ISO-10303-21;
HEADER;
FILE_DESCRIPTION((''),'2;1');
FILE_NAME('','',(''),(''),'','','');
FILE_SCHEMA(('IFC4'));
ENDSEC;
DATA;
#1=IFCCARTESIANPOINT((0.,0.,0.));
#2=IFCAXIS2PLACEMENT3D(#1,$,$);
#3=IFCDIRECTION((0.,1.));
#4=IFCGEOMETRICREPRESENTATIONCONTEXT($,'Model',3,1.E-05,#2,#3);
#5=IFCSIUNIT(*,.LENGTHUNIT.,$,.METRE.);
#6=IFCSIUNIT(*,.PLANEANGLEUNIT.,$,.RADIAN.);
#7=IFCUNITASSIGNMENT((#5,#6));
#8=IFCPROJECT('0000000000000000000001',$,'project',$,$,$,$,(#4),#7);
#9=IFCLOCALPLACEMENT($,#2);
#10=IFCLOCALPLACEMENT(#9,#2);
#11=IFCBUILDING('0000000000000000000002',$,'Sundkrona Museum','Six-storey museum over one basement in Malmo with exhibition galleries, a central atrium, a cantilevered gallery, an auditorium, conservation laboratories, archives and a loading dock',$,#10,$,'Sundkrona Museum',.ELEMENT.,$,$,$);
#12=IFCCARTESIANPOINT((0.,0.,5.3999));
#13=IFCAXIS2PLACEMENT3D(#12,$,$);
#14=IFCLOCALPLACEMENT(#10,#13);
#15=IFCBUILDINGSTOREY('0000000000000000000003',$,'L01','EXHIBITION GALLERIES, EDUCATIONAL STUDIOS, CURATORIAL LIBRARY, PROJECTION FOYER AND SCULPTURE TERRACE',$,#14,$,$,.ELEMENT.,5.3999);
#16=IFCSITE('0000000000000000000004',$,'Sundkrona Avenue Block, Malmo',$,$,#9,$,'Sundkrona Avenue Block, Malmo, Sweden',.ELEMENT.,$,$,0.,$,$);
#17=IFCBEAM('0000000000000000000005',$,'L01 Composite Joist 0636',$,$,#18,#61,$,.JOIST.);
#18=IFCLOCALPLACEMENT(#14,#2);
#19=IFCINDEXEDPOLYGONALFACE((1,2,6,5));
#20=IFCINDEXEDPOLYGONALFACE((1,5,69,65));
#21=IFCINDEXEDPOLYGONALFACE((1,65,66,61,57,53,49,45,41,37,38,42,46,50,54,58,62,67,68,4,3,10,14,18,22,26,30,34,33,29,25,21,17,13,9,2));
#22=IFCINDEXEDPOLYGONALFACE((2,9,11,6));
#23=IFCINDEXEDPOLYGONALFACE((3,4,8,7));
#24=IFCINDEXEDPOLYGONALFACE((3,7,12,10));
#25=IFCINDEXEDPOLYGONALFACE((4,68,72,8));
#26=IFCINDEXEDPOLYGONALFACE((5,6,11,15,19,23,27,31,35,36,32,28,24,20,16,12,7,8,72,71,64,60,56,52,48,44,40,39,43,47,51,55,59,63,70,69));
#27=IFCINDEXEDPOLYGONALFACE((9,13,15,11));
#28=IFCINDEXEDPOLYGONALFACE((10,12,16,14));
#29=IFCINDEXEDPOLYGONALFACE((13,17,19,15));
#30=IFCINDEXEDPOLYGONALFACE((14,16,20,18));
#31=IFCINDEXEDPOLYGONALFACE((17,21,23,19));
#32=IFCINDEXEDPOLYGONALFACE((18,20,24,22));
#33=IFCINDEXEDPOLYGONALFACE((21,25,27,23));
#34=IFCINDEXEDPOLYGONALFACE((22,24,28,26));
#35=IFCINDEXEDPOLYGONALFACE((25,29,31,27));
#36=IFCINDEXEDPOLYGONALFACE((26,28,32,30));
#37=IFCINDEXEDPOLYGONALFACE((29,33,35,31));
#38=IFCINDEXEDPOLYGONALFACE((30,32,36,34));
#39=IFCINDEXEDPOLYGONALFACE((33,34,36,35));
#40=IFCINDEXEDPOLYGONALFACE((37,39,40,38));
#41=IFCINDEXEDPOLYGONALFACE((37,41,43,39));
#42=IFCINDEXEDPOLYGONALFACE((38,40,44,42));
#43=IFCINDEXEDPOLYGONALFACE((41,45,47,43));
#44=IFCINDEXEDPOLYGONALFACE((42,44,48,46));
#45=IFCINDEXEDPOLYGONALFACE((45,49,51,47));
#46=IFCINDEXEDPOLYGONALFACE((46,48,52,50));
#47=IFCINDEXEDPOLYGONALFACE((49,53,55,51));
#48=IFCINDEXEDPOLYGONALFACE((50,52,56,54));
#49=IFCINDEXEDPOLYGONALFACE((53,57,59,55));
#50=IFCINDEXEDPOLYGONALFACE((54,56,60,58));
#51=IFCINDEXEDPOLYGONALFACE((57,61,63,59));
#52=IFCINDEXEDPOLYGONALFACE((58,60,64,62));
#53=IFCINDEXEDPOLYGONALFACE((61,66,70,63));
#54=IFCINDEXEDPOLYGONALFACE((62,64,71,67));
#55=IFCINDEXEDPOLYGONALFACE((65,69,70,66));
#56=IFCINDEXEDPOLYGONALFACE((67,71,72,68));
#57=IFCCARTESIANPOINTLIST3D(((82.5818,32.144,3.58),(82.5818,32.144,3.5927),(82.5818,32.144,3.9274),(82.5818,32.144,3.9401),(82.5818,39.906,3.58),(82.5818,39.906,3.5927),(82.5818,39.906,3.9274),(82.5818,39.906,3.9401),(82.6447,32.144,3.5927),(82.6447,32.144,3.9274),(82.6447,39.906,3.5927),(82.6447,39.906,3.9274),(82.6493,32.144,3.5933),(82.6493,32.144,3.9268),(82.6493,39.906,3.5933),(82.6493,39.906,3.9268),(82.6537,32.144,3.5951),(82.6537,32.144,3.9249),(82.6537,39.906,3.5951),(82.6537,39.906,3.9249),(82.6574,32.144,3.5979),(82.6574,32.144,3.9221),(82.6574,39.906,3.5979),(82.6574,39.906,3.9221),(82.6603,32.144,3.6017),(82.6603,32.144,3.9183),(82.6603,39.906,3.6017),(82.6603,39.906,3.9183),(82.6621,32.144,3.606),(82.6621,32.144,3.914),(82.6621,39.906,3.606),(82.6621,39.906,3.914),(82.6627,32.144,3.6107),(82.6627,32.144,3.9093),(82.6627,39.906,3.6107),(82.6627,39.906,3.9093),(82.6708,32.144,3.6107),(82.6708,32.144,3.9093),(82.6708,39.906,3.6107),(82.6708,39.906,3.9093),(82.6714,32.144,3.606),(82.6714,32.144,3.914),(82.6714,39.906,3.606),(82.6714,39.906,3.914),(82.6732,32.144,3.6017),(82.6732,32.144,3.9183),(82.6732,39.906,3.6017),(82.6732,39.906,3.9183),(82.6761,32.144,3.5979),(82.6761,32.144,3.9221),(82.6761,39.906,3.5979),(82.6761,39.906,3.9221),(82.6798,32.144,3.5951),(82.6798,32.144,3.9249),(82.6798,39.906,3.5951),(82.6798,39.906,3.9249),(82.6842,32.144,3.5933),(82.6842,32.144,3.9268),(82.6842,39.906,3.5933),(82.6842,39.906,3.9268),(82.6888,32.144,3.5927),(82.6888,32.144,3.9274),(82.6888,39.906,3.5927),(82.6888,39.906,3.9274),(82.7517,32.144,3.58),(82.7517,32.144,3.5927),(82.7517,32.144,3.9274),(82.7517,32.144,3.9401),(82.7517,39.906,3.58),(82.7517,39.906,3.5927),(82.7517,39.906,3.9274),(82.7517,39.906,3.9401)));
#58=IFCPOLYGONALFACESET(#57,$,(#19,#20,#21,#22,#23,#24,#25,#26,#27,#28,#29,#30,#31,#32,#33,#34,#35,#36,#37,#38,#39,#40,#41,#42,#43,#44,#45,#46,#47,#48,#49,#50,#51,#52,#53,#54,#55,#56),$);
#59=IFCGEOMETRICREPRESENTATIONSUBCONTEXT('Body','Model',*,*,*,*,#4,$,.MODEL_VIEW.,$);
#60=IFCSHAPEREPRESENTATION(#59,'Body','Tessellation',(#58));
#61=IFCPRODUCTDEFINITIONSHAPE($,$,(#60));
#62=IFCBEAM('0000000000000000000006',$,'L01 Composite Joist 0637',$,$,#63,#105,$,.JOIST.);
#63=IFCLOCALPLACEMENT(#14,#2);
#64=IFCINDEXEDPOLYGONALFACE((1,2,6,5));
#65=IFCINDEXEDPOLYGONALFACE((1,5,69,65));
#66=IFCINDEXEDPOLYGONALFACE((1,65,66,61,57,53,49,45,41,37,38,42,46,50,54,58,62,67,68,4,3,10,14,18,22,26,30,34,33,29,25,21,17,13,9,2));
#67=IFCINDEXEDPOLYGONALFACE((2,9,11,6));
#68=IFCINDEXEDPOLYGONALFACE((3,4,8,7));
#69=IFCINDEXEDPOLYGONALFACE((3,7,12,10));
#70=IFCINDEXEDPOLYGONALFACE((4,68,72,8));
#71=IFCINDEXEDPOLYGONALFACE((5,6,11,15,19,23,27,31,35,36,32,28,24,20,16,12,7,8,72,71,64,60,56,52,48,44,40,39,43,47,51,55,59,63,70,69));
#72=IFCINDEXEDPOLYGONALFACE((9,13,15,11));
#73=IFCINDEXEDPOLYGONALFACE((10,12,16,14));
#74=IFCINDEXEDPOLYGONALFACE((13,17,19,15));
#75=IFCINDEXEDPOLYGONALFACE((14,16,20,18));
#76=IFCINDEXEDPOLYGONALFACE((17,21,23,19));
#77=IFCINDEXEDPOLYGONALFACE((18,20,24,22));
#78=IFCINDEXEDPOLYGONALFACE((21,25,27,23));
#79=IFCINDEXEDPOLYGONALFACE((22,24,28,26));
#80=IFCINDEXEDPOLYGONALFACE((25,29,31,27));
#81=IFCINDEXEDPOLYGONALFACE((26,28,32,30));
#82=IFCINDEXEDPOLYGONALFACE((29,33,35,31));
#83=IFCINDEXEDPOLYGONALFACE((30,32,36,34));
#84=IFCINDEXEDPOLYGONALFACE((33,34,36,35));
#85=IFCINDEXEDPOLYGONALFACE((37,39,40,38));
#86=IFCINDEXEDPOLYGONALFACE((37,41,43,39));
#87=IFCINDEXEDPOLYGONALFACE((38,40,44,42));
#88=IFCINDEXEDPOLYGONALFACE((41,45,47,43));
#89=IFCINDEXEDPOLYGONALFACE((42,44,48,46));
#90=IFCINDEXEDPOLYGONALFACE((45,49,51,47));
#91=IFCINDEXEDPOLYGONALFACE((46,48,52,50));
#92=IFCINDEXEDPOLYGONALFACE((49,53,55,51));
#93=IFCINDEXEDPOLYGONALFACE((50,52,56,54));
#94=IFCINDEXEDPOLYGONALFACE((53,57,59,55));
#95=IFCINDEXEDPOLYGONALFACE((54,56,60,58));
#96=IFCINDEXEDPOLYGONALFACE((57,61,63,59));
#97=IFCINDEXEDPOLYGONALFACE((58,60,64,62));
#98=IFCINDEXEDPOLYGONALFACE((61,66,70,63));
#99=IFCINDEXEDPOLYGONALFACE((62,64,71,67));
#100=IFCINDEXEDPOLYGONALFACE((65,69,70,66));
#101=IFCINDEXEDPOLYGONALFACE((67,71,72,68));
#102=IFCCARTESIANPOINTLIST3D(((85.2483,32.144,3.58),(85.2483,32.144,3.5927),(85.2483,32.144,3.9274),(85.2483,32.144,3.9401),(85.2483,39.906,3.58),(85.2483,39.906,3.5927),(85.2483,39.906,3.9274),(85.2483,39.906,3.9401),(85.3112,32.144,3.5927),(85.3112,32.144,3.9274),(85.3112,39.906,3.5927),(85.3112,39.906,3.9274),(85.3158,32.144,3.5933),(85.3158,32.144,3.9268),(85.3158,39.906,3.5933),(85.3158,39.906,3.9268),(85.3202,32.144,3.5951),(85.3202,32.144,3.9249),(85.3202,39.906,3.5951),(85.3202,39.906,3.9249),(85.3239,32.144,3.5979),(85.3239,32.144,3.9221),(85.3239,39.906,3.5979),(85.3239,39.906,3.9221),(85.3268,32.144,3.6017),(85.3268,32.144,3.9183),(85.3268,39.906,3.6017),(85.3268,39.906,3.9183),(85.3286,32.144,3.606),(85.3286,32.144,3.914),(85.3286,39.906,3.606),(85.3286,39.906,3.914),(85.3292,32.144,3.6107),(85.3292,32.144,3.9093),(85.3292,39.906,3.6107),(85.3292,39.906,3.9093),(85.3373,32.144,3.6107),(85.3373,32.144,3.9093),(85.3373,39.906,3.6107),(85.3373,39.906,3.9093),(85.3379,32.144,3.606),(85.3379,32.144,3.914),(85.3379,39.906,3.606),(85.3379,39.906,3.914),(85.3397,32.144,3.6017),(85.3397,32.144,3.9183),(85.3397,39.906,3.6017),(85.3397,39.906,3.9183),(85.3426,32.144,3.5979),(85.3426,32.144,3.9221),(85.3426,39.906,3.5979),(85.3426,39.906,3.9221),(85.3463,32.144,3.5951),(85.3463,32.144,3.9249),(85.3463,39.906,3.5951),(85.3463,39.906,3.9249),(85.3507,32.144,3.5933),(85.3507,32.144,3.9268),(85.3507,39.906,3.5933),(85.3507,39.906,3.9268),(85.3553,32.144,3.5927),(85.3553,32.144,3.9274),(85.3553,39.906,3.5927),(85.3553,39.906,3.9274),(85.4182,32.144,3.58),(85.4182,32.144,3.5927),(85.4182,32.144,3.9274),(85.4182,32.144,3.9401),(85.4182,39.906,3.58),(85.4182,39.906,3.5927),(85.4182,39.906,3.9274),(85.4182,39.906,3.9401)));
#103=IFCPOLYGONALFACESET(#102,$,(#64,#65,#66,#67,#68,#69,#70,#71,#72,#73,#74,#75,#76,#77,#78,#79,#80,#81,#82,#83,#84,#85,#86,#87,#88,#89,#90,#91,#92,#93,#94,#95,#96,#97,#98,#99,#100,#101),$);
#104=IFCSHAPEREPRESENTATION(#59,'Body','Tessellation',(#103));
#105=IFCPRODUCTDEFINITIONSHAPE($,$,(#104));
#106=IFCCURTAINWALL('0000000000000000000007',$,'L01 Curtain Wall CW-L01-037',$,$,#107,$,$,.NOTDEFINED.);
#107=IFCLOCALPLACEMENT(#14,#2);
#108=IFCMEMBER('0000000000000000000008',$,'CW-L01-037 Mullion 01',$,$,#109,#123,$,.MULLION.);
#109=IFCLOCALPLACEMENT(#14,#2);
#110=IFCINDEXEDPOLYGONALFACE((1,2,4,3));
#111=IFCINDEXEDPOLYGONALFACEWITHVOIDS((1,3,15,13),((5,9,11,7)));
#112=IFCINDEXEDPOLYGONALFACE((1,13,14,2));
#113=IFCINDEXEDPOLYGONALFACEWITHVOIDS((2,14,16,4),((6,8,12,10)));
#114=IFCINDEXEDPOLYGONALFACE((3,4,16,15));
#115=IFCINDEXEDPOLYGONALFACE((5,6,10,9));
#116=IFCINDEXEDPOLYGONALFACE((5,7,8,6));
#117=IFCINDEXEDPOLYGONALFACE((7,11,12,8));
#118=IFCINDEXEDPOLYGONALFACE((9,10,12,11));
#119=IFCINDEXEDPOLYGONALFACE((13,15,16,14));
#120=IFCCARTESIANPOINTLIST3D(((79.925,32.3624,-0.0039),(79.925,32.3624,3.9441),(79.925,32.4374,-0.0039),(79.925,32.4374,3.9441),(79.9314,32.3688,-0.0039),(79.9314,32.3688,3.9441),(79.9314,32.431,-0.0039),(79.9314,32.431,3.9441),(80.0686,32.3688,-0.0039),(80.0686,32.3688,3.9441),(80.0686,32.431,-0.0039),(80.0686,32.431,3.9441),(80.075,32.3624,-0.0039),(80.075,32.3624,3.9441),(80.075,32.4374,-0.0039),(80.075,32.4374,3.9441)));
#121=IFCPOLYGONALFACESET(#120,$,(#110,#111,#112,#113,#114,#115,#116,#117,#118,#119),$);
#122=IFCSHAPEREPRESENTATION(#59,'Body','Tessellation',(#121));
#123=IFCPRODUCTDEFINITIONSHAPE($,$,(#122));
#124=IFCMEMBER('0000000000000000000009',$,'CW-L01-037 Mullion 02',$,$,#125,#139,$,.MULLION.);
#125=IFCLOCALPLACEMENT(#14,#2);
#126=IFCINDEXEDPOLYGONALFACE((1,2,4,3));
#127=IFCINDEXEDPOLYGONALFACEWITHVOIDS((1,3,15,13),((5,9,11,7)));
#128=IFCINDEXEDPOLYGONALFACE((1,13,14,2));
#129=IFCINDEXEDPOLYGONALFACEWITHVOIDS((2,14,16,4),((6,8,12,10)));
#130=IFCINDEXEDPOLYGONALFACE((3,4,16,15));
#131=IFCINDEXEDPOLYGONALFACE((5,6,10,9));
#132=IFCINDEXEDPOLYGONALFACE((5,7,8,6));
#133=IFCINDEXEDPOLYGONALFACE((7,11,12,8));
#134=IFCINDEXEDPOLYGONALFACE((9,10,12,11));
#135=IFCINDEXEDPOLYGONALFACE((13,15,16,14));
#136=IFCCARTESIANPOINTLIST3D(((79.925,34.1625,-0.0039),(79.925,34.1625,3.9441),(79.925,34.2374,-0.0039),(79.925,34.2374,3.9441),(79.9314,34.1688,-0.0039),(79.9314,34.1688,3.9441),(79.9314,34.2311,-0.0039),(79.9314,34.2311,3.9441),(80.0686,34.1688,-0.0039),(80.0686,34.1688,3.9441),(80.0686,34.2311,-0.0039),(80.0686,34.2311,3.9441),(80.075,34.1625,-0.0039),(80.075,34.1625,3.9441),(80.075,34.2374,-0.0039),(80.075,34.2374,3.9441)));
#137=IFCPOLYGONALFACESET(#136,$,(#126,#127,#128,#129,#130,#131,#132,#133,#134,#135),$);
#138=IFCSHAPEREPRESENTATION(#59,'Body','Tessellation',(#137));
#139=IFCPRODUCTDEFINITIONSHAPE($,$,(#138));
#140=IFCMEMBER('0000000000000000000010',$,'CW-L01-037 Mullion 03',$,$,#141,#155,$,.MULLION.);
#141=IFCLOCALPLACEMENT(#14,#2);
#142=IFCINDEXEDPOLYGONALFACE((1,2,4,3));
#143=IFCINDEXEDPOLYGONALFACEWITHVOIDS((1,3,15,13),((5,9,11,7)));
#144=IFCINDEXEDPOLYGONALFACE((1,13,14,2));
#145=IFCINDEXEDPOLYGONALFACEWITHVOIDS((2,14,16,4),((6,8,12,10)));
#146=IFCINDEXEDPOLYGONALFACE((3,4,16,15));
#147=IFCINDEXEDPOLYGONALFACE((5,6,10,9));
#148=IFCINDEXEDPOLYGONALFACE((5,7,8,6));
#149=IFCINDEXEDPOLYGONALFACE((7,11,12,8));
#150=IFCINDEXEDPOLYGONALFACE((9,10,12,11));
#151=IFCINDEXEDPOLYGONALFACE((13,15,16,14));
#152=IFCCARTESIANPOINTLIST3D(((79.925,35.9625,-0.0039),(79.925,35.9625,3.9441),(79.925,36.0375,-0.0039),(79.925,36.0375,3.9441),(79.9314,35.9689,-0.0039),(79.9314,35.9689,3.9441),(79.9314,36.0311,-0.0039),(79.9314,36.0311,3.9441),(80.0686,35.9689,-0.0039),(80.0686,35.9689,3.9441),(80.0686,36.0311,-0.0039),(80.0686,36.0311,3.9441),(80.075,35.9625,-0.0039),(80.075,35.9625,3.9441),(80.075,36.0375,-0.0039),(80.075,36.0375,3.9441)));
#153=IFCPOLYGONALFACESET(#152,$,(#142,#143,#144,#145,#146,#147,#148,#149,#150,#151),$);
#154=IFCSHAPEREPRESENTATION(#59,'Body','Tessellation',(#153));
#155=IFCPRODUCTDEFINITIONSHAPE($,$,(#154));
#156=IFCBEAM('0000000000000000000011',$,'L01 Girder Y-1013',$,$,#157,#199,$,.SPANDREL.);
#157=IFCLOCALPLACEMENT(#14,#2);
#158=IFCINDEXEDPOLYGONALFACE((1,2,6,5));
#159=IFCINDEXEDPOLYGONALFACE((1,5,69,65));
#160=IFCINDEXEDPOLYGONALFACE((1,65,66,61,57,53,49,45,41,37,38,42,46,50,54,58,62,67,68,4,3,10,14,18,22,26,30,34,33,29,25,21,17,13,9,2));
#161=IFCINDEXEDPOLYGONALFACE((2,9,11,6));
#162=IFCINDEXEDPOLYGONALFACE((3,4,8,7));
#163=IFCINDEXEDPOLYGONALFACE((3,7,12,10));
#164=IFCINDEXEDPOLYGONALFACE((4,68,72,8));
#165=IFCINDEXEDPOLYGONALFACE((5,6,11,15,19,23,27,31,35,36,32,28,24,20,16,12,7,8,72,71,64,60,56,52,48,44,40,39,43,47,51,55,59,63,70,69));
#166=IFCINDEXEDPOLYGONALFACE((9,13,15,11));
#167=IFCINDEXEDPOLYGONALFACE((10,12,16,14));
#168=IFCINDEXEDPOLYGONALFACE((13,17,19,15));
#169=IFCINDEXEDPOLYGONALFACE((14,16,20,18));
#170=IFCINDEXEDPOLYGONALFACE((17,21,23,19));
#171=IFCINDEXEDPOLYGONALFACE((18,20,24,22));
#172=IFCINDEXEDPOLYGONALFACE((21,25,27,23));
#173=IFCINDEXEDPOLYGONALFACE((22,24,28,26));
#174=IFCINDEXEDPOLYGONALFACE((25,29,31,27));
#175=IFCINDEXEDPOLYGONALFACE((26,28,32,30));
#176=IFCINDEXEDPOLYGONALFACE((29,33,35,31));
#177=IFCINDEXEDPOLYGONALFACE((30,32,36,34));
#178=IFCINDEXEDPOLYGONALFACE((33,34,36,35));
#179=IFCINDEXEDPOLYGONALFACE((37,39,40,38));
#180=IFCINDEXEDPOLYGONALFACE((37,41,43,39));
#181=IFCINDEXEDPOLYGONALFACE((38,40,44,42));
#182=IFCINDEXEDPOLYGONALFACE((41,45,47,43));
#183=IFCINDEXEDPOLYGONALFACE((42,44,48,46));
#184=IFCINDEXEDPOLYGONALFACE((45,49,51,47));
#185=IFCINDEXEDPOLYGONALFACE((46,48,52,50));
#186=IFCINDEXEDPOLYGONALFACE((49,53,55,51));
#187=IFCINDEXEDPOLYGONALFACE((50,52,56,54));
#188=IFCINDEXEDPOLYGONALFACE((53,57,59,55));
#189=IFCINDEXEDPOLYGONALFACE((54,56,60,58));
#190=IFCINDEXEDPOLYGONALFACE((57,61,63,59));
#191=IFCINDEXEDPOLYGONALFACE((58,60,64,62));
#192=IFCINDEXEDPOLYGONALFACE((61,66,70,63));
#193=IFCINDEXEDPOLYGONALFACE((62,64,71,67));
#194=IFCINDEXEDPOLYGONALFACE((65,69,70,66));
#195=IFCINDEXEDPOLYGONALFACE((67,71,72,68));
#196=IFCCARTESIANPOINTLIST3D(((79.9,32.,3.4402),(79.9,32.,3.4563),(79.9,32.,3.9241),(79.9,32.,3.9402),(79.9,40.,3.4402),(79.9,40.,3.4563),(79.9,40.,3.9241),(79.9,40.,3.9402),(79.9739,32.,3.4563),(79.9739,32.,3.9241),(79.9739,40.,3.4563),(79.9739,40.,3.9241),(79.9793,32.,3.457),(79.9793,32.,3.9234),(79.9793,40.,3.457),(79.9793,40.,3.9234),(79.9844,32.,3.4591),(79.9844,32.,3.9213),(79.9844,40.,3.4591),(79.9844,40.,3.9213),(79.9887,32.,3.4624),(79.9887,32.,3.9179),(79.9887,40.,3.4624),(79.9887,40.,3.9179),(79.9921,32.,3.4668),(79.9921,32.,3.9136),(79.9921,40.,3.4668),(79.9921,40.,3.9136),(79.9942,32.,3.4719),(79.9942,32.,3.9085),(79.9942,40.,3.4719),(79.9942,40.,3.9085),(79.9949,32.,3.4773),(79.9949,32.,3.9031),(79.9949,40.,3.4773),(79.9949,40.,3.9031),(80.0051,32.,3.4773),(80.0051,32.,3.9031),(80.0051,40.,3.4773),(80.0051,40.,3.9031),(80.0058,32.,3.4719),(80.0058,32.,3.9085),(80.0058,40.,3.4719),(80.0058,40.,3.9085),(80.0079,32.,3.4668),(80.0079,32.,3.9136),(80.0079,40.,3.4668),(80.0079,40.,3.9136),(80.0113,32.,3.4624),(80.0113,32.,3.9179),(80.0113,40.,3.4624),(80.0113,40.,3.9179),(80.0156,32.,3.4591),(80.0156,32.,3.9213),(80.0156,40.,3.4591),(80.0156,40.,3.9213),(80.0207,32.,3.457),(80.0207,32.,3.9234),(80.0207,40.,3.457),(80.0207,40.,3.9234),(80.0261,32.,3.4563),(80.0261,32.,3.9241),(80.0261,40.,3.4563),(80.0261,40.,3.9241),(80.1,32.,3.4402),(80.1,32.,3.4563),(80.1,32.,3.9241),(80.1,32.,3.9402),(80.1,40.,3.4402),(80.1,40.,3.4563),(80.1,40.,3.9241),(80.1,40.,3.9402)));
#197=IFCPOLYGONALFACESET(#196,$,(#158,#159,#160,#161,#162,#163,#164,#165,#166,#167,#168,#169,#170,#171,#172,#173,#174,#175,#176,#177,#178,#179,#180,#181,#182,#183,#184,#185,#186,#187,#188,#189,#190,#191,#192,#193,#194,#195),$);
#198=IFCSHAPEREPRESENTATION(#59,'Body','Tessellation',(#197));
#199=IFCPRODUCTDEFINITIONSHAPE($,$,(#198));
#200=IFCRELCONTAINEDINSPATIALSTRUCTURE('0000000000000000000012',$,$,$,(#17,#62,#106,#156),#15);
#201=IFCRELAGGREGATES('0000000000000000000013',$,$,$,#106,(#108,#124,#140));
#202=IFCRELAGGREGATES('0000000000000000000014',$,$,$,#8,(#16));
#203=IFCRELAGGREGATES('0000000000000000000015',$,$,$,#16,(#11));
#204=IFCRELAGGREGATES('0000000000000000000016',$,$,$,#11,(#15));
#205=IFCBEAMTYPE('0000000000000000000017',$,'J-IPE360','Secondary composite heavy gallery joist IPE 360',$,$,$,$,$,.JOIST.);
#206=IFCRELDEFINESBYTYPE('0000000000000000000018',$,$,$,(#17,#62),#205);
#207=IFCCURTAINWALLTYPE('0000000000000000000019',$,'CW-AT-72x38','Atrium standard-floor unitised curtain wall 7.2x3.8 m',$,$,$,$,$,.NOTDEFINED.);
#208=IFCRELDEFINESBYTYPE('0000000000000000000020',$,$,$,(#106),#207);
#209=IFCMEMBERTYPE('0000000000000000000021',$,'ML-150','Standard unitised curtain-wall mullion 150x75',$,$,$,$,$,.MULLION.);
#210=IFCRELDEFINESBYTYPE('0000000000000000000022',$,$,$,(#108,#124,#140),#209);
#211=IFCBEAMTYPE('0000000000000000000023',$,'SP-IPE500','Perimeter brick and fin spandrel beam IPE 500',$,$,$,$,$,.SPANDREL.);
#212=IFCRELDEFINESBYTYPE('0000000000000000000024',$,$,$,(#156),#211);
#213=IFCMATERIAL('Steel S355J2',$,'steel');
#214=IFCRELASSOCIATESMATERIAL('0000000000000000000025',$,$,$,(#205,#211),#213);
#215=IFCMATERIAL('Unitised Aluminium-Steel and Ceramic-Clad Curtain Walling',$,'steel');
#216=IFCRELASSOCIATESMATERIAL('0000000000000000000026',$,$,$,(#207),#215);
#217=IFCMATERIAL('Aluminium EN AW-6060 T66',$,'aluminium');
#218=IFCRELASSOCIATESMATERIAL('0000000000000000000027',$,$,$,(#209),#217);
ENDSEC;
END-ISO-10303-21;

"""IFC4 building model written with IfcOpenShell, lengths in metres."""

from ifc_helpers import new_model, si_unit, direction, frame, origin, origin_2d, place, context, subcontext, project, spatial, hollow_rectangle, i_section, extrude, material, material_profile, profile_set, type_object, element, aggregate, save


model = new_model("IFC4")

# Units and contexts
model_context = context("Model", 3, precision=1e-05, world=origin(), true_north=direction((0.0, 1.0)))
body_context = subcontext(model_context, "Body", "Model", "MODEL_VIEW")
ifc_project = project(units=[si_unit("LENGTHUNIT", "METRE"), si_unit("PLANEANGLEUNIT", "RADIAN")], contexts=[model_context])

# Site, building, storey
site_placement = place(None, origin())
site = spatial("IfcSite", under=ifc_project, at=site_placement, Name="Sundkrona Avenue Block, Malmo", LongName="Sundkrona Avenue Block, Malmo, Sweden", CompositionType="ELEMENT", RefElevation=0.0)
building_placement = place(site_placement, origin())
building = spatial("IfcBuilding", under=site, at=building_placement, Name="Sundkrona Museum", Description="Six-storey museum over one basement in Malmo with exhibition galleries, a central atrium, a cantilevered gallery, an auditorium, conservation laboratories, archives and a loading dock", LongName="Sundkrona Museum", CompositionType="ELEMENT")
storey_placement = place(building_placement, frame((0.0, 0.0, 5.3999)))
storey = spatial("IfcBuildingStorey", under=building, at=storey_placement, Name="L01", Description="EXHIBITION GALLERIES, EDUCATIONAL STUDIOS, CURATORIAL LIBRARY, PROJECTION FOYER AND SCULPTURE TERRACE", CompositionType="ELEMENT", Elevation=5.3999)

# Beams
ifc_material_1 = material(Name="Steel S355J2", Category="steel")
ifc_material_profile_1 = material_profile(ifc_material_1, i_section(OverallWidth=0.1699, OverallDepth=0.3601, WebThickness=0.0081, FlangeThickness=0.0127, FilletRadius=0.0181, at=origin_2d()), Name="IPE 360")
ifc_profile_set_1 = profile_set([ifc_material_profile_1], Name="Steel S355J2")
beam_type_1 = type_object("IfcBeamType", Name="J-IPE360", Description="Secondary composite heavy gallery joist IPE 360", PredefinedType="JOIST", material=ifc_profile_set_1)
for number, where, z_axis, x_axis, name in (
    (1, (82.6667, 32.144, 3.76), (0.0, 1.0, 0.0), (-1.0, 0.0, 0.0), "L01 Composite Joist 0636"),
    (2, (85.3333, 32.144, 3.76), (0.0, 1.0, 0.0), (-1.0, 0.0, 0.0), "L01 Composite Joist 0637"),
):
    element("IfcBeam", number, at=place(storey_placement, frame(where, z_axis=z_axis, x_axis=x_axis)), inside=storey, type_object=beam_type_1, Name=name, PredefinedType="JOIST", context=body_context, shape_type="SweptSolid", body=[
        extrude(i_section(OverallWidth=0.1699, OverallDepth=0.3601, WebThickness=0.0081, FlangeThickness=0.0127, FilletRadius=0.0181, at=origin_2d()), origin(), (0.0, 0.0, 1.0), 7.762),
    ])

# Curtain wall, members
ifc_material_2 = material(Name="Unitised Aluminium-Steel and Ceramic-Clad Curtain Walling", Category="steel")
curtain_wall_type = type_object("IfcCurtainWallType", Name="CW-AT-72x38", Description="Atrium standard-floor unitised curtain wall 7.2x3.8 m", PredefinedType="NOTDEFINED", material=ifc_material_2)
curtain_wall_placement = place(storey_placement, origin())
curtain_wall = element("IfcCurtainWall", 3, at=curtain_wall_placement, inside=storey, type_object=curtain_wall_type, Name="L01 Curtain Wall CW-L01-037", PredefinedType="NOTDEFINED")
ifc_material_3 = material(Name="Aluminium EN AW-6060 T66", Category="aluminium")
ifc_material_profile_2 = material_profile(ifc_material_3, hollow_rectangle(XDim=0.075, YDim=0.1499, WallThickness=0.0063, at=origin_2d()), Name="RHS 150x75x6.3")
ifc_profile_set_2 = profile_set([ifc_material_profile_2], Name="Aluminium EN AW-6060 T66")
member_type_1 = type_object("IfcMemberType", Name="ML-150", Description="Standard unitised curtain-wall mullion 150x75", PredefinedType="MULLION", material=ifc_profile_set_2)
member_1_placement = place(storey_placement, frame((80.0, 32.3999, -0.0039), z_axis=(0.0, 0.0, 1.0), x_axis=(0.0, 1.0, 0.0)))
member_1 = element("IfcMember", 4, at=member_1_placement, type_object=member_type_1, Name="CW-L01-037 Mullion 01", PredefinedType="MULLION", context=body_context, shape_type="SweptSolid", body=[
    extrude(hollow_rectangle(XDim=0.075, YDim=0.1499, WallThickness=0.0063, at=origin_2d()), origin(), (0.0, 0.0, 1.0), 3.948),
])
member_2_placement = place(storey_placement, frame((80.0, 34.2, -0.0039), z_axis=(0.0, 0.0, 1.0), x_axis=(0.0, 1.0, 0.0)))
member_2 = element("IfcMember", 5, at=member_2_placement, type_object=member_type_1, Name="CW-L01-037 Mullion 02", PredefinedType="MULLION", context=body_context, shape_type="SweptSolid", body=[
    extrude(hollow_rectangle(XDim=0.075, YDim=0.1499, WallThickness=0.0063, at=origin_2d()), origin(), (0.0, 0.0, 1.0), 3.948),
])
member_3_placement = place(storey_placement, frame((80.0, 36.0, -0.0039), z_axis=(0.0, 0.0, 1.0), x_axis=(0.0, 1.0, 0.0)))
member_3 = element("IfcMember", 6, at=member_3_placement, type_object=member_type_1, Name="CW-L01-037 Mullion 03", PredefinedType="MULLION", context=body_context, shape_type="SweptSolid", body=[
    extrude(hollow_rectangle(XDim=0.075, YDim=0.1499, WallThickness=0.0063, at=origin_2d()), origin(), (0.0, 0.0, 1.0), 3.948),
])

# Beam
ifc_material_profile_3 = material_profile(ifc_material_1, i_section(OverallWidth=0.2, OverallDepth=0.5, WebThickness=0.0103, FlangeThickness=0.0161, FilletRadius=0.021, at=origin_2d()), Name="IPE 500")
ifc_profile_set_3 = profile_set([ifc_material_profile_3], Name="Steel S355J2")
beam_type_2 = type_object("IfcBeamType", Name="SP-IPE500", Description="Perimeter brick and fin spandrel beam IPE 500", PredefinedType="SPANDREL", material=ifc_profile_set_3)
beam_placement = place(storey_placement, frame((80.0, 32.0, 3.6902), z_axis=(0.0, 1.0, 0.0), x_axis=(-1.0, 0.0, 0.0)))
element("IfcBeam", 7, at=beam_placement, inside=storey, type_object=beam_type_2, Name="L01 Girder Y-1013", PredefinedType="SPANDREL", context=body_context, shape_type="SweptSolid", body=[
    extrude(i_section(OverallWidth=0.2, OverallDepth=0.5, WebThickness=0.0103, FlangeThickness=0.0161, FilletRadius=0.021, at=origin_2d()), origin(), (0.0, 0.0, 1.0), 8.0),
])

aggregate(curtain_wall, [member_1, member_2, member_3])

save(model, "model.ifc")
